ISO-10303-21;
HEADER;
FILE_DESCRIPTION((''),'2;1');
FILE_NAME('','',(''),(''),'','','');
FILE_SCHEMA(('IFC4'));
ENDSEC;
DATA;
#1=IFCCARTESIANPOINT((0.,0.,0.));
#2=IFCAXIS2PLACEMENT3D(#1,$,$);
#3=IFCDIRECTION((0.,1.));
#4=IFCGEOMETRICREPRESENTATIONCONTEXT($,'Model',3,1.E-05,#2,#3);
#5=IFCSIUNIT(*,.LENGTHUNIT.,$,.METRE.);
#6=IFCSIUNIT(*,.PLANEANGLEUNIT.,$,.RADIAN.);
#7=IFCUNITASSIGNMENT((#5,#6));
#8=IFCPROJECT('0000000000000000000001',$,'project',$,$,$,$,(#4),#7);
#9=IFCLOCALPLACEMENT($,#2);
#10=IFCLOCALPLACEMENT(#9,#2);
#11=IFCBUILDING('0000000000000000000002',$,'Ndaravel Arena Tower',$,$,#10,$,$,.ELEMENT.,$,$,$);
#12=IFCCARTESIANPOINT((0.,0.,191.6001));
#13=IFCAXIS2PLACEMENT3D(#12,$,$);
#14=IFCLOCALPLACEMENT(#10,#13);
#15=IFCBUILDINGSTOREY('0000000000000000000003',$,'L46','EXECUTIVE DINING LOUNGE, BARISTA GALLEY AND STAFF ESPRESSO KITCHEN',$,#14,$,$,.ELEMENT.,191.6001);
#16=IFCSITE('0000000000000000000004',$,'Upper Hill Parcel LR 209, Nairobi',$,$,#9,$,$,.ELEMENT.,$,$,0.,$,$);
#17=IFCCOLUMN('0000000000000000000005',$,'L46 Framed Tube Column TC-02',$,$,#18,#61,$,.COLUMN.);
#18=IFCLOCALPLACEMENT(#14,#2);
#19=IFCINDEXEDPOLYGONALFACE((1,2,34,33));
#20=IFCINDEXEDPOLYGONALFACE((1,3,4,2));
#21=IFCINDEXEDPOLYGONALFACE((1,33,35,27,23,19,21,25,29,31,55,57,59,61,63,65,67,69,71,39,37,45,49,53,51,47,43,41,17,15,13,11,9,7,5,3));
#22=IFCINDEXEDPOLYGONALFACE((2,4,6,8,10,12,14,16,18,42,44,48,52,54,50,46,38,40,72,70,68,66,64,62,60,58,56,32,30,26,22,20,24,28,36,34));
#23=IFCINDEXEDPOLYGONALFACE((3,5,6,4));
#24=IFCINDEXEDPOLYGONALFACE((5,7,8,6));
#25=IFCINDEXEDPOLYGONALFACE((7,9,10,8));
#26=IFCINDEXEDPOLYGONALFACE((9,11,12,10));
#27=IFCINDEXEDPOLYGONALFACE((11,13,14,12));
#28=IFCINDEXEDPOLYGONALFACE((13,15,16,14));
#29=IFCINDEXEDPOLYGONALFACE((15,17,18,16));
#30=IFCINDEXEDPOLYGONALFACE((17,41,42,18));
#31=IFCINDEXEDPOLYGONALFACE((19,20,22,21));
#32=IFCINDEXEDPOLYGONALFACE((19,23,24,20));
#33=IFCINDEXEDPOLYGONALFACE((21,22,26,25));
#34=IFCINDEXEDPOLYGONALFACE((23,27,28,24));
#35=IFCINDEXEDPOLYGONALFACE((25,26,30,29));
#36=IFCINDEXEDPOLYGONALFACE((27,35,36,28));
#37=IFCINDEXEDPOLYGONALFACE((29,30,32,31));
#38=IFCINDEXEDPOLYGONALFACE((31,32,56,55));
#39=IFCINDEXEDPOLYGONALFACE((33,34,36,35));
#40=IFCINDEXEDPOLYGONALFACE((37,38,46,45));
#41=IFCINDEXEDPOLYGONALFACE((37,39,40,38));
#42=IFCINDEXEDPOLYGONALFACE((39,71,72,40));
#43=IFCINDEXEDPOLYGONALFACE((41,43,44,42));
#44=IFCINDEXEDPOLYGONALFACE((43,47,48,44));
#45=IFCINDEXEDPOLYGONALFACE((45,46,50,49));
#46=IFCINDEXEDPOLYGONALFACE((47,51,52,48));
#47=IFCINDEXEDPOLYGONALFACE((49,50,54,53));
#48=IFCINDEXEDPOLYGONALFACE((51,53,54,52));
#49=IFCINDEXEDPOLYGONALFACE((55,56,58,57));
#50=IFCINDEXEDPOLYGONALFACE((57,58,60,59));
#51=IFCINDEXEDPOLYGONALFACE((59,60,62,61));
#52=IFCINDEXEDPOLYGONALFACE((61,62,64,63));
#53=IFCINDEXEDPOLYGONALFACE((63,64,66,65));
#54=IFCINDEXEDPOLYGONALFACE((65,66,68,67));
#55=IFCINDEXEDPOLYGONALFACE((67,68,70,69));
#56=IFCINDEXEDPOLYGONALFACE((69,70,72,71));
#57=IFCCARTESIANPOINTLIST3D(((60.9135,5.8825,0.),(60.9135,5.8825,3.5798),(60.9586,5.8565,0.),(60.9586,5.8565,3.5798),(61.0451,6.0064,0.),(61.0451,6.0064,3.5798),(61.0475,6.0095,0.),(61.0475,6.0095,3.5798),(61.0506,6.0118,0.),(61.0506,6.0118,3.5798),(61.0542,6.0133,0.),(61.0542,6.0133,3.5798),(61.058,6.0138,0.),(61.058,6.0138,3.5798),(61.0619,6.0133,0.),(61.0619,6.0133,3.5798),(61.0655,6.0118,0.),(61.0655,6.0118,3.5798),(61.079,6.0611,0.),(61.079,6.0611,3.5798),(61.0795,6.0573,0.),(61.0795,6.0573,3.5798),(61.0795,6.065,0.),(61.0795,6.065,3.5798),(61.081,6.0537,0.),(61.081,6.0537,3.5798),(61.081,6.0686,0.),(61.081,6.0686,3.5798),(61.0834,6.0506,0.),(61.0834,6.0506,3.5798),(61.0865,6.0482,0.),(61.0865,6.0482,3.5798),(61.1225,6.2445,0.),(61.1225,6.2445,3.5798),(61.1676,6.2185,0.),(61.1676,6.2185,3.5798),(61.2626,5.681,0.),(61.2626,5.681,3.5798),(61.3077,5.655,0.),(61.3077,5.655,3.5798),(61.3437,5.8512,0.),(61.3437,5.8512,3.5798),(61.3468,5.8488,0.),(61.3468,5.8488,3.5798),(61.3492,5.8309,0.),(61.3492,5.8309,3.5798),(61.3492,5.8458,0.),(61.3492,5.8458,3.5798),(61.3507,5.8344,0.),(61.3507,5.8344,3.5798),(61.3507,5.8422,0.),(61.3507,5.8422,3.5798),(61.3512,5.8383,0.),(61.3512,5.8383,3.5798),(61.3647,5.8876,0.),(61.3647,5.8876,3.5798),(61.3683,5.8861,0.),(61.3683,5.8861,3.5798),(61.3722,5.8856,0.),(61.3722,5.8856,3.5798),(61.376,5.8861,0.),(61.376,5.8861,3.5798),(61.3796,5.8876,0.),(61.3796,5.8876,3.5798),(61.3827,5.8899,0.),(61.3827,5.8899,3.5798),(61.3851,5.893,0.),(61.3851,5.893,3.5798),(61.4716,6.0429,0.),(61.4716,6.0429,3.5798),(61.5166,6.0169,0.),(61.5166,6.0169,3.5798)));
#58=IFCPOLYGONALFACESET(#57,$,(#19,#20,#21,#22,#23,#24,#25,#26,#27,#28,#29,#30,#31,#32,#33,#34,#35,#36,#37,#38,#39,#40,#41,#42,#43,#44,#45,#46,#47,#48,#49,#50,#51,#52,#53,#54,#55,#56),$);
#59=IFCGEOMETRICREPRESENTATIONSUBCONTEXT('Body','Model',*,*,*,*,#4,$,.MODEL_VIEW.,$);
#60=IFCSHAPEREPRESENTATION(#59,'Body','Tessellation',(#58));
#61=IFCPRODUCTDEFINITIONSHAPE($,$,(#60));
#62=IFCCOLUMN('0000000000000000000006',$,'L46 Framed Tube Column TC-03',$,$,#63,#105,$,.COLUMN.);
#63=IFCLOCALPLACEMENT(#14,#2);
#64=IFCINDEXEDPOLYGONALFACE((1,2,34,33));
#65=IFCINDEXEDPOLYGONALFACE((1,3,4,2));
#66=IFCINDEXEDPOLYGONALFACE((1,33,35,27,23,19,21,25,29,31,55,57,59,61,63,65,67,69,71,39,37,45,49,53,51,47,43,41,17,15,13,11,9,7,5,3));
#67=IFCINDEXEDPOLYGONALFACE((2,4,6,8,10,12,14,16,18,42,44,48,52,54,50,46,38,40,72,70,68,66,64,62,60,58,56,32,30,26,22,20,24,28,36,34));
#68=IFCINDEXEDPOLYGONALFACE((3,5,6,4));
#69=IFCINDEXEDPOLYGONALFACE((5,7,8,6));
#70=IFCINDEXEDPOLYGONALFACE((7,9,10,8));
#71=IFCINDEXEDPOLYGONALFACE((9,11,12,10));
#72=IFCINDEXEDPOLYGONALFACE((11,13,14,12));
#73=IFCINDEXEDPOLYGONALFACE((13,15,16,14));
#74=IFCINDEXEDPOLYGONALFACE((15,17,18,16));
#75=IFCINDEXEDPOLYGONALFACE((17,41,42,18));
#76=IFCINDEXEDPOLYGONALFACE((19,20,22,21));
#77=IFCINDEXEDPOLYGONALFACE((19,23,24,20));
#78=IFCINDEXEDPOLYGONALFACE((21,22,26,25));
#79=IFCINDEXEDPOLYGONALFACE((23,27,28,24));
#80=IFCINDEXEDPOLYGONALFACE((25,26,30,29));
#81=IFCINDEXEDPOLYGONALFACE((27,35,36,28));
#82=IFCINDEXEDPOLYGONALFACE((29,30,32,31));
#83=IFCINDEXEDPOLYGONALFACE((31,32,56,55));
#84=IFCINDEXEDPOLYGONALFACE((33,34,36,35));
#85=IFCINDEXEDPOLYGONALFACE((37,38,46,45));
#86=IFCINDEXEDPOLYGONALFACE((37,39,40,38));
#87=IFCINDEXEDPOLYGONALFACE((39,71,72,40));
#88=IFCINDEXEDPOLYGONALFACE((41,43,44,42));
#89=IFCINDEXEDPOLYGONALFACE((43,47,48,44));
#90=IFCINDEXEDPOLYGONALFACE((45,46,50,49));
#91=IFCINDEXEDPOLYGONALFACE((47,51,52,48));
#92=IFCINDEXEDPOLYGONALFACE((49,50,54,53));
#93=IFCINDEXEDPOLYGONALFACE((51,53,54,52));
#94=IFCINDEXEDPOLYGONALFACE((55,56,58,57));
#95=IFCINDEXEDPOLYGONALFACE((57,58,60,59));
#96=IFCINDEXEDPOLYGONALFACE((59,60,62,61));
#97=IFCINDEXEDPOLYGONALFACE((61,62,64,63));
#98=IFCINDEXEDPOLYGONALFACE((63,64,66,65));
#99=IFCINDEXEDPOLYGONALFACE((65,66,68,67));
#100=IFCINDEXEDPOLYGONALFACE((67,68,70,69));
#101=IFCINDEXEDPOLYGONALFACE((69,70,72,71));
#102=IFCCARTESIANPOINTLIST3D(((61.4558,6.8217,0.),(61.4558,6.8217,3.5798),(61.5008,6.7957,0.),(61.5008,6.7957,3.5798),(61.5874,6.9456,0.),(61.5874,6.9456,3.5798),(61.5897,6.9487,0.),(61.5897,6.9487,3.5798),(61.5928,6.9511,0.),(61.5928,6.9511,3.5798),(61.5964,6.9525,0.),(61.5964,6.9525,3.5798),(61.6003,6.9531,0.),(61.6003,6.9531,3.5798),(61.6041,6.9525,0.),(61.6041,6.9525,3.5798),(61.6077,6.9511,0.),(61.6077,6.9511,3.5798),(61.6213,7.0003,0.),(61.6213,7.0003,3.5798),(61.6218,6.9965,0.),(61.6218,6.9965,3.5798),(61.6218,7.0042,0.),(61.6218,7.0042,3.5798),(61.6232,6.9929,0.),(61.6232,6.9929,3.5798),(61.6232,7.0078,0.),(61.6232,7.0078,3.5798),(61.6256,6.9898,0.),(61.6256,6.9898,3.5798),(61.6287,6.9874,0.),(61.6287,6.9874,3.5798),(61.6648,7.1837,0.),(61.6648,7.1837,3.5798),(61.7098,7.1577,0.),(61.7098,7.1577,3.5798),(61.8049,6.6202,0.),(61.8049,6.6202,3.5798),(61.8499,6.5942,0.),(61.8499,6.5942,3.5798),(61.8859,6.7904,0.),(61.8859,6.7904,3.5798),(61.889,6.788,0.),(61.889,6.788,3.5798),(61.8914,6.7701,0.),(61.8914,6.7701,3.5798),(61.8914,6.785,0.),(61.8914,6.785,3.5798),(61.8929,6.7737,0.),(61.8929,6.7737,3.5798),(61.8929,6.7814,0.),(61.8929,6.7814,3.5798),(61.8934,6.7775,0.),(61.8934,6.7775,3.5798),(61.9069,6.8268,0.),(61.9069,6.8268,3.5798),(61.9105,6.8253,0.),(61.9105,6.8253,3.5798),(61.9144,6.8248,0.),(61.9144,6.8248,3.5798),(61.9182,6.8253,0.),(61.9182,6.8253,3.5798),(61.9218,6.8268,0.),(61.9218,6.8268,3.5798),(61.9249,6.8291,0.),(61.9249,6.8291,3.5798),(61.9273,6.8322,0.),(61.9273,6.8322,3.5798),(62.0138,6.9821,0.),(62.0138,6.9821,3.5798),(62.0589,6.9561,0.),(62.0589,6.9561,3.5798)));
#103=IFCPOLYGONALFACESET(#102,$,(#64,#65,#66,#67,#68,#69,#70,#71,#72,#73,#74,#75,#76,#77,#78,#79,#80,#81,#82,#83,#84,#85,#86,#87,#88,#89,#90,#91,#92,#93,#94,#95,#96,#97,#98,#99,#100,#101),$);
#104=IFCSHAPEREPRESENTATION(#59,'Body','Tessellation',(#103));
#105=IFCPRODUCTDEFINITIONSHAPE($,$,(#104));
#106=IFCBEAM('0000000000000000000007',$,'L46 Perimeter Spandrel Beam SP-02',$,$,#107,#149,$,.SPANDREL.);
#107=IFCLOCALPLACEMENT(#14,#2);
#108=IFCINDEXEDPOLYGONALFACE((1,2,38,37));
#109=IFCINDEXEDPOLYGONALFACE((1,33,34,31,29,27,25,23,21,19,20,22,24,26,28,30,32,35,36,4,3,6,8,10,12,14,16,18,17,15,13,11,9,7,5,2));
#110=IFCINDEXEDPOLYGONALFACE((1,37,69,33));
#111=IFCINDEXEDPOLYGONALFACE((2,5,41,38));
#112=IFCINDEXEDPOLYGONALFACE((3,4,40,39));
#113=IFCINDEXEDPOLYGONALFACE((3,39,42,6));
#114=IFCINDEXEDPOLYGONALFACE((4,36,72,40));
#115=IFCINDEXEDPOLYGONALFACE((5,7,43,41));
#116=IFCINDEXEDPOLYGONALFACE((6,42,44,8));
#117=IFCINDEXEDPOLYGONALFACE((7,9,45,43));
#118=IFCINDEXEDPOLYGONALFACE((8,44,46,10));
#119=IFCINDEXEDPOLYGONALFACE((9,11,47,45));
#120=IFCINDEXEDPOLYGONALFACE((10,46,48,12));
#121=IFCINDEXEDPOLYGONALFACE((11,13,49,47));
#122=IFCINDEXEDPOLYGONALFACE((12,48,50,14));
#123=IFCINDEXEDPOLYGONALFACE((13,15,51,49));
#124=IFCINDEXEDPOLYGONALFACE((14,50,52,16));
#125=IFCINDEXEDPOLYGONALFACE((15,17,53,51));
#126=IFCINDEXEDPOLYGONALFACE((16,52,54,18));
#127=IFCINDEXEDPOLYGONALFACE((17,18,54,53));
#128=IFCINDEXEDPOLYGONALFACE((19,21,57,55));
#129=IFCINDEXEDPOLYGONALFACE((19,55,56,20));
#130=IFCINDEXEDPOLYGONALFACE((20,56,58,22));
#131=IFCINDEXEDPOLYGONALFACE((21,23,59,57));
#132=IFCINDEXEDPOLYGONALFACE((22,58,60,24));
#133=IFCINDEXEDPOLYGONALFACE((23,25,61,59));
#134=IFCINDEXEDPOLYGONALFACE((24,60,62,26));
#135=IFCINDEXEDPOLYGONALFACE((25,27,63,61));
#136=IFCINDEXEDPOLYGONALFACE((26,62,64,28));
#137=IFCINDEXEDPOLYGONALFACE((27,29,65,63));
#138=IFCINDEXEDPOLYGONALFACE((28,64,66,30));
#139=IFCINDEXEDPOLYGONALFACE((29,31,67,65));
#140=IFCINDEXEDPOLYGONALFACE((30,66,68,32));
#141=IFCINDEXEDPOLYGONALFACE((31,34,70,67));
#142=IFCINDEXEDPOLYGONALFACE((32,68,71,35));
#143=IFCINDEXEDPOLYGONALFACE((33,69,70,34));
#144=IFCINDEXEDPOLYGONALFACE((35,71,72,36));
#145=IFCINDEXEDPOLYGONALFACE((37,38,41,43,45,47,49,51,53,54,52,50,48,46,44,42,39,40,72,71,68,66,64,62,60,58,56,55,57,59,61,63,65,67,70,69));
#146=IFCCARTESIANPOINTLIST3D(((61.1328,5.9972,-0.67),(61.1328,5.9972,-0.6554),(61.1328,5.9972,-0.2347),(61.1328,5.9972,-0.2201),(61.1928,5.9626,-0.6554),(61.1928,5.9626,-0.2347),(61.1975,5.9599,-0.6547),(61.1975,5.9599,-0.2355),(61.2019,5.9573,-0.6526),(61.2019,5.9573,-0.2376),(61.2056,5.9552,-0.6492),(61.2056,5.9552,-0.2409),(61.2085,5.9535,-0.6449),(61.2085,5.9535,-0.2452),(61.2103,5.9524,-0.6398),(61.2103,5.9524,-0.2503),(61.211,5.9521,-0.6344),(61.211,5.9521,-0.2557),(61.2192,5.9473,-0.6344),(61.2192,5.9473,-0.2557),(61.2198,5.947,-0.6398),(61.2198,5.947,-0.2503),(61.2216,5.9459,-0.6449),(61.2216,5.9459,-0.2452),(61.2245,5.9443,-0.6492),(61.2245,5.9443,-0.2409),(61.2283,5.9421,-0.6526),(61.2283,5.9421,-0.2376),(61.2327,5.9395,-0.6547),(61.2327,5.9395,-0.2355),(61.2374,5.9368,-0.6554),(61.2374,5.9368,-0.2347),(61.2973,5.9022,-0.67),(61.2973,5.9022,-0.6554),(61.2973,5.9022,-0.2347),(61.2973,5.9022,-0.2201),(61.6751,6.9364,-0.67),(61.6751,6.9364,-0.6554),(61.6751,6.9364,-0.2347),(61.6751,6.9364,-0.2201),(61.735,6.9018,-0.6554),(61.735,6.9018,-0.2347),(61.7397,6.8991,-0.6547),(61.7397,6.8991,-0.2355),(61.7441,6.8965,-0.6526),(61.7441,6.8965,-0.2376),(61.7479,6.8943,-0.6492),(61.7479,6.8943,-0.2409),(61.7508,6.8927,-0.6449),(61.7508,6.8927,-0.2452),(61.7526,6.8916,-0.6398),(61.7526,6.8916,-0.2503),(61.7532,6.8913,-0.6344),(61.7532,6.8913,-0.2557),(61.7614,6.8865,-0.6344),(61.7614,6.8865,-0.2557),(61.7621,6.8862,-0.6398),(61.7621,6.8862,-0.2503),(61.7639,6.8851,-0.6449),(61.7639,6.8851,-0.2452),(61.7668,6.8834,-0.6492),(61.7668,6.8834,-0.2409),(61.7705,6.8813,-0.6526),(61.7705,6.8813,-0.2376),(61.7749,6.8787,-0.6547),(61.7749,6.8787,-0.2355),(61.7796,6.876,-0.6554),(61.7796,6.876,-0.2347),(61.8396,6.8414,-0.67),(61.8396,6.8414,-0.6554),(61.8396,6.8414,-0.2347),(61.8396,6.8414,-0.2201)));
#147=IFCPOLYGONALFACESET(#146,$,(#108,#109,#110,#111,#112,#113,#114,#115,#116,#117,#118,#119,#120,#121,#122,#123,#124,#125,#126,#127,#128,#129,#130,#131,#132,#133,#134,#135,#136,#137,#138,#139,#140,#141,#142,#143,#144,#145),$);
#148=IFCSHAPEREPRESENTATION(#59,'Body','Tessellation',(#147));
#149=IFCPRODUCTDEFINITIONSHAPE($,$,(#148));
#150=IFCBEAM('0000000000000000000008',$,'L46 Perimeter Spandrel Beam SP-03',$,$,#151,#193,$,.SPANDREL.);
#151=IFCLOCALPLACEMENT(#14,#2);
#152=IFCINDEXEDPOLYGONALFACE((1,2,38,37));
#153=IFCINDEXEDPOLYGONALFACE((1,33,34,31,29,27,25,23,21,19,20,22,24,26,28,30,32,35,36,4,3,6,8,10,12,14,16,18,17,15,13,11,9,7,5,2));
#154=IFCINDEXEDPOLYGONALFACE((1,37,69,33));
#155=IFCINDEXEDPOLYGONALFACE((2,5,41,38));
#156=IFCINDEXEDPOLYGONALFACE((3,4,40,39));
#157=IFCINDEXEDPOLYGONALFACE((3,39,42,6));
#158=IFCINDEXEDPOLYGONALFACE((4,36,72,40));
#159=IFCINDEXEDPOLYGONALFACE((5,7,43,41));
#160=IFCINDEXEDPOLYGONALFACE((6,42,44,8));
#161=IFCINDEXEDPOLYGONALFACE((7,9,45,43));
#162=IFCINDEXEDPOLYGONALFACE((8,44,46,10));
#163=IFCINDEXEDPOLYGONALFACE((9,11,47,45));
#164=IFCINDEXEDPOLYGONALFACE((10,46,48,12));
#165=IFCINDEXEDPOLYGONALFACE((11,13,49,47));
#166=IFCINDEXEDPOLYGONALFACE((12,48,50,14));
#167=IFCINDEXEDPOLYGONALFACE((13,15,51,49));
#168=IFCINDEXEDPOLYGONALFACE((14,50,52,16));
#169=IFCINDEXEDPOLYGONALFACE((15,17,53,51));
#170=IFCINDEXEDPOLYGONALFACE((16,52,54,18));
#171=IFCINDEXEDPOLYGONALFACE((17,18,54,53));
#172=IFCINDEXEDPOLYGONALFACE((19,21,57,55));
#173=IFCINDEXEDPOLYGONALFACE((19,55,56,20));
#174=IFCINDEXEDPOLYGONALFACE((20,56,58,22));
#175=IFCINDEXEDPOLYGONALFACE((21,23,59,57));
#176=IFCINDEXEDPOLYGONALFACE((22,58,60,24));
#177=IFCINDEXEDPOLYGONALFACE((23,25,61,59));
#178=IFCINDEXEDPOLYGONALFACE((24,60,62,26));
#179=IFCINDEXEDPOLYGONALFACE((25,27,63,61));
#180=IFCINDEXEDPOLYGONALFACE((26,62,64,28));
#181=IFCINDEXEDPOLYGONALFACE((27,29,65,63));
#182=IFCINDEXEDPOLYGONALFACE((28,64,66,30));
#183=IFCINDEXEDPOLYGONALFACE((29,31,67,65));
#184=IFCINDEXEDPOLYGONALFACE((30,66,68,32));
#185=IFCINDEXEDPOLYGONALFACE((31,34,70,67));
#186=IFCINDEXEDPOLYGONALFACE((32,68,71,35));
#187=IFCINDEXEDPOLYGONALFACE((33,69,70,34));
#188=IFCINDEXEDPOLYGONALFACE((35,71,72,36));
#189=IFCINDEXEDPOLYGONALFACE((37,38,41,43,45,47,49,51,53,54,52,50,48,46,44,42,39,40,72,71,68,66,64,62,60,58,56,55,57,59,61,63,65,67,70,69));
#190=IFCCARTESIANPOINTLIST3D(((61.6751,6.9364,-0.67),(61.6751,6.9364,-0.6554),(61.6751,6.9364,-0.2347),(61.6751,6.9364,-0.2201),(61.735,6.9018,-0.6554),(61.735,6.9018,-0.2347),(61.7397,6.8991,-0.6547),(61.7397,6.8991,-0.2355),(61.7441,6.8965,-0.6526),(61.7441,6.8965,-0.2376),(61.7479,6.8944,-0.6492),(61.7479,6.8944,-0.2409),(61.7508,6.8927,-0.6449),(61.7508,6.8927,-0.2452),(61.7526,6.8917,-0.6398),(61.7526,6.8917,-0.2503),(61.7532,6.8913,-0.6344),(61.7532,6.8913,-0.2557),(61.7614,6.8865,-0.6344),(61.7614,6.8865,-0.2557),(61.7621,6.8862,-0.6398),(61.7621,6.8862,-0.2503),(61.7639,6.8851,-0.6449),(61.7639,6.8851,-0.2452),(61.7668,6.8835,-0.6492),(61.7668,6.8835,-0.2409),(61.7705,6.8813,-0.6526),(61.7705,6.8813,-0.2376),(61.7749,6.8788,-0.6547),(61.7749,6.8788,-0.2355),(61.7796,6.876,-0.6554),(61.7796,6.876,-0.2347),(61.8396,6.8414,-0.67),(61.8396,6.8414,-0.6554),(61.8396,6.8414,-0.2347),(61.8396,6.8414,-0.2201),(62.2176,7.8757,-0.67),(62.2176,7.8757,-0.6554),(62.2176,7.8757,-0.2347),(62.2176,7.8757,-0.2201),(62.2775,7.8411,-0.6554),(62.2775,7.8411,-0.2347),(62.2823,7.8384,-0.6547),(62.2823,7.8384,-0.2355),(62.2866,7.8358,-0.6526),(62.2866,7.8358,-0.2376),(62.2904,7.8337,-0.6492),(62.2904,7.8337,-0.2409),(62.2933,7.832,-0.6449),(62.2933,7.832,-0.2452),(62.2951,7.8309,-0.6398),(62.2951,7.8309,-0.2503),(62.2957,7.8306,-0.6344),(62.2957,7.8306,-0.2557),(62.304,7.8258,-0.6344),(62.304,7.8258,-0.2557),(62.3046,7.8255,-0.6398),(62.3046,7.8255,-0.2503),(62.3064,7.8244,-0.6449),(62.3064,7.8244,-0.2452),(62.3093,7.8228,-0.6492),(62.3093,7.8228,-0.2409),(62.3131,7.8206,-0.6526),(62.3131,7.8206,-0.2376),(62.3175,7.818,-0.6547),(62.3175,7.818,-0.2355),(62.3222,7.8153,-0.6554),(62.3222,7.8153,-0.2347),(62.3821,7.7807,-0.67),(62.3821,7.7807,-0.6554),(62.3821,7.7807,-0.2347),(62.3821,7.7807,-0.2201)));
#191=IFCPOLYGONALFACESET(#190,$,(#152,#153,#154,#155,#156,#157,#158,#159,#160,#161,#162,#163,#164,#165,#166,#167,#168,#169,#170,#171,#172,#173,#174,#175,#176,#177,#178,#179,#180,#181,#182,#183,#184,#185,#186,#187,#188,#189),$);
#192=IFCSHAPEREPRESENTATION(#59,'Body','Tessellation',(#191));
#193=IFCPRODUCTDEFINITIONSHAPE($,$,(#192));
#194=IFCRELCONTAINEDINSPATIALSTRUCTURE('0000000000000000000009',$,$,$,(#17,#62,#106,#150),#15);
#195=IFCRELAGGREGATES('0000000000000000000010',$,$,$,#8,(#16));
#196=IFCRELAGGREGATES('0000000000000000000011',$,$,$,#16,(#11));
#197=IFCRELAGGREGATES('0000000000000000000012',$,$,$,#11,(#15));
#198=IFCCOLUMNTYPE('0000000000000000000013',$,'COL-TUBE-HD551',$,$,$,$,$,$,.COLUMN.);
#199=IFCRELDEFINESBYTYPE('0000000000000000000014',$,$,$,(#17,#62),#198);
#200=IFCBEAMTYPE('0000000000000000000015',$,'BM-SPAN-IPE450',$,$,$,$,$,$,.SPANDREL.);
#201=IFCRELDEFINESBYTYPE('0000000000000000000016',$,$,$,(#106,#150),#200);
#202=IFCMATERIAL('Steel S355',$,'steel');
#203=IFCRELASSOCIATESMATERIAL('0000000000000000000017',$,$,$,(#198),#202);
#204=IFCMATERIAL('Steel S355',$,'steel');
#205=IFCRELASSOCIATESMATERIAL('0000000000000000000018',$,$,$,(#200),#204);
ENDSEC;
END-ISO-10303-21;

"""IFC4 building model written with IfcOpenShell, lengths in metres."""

from ifc_helpers import new_model, si_unit, direction, frame, origin, origin_2d, place, context, subcontext, project, spatial, i_section, extrude, material, material_profile, profile_set, type_object, element, save


model = new_model("IFC4")

# Units and contexts
model_context = context("Model", 3, precision=1e-05, world=origin(), true_north=direction((0.0, 1.0)))
body_context = subcontext(model_context, "Body", "Model", "MODEL_VIEW")
ifc_project = project(units=[si_unit("LENGTHUNIT", "METRE"), si_unit("PLANEANGLEUNIT", "RADIAN")], contexts=[model_context])

# Site, building, storey
site_placement = place(None, origin())
site = spatial("IfcSite", under=ifc_project, at=site_placement, Name="Upper Hill Parcel LR 209, Nairobi", CompositionType="ELEMENT", RefElevation=0.0)
building_placement = place(site_placement, origin())
building = spatial("IfcBuilding", under=site, at=building_placement, Name="Ndaravel Arena Tower", CompositionType="ELEMENT")
storey_placement = place(building_placement, frame((0.0, 0.0, 191.6001)))
storey = spatial("IfcBuildingStorey", under=building, at=storey_placement, Name="L46", Description="EXECUTIVE DINING LOUNGE, BARISTA GALLEY AND STAFF ESPRESSO KITCHEN", CompositionType="ELEMENT", Elevation=191.6001)

# Columns
ifc_material_1 = material(Name="Steel S355", Category="steel")
ifc_material_profile_1 = material_profile(ifc_material_1, i_section(OverallWidth=0.418, OverallDepth=0.4551, WebThickness=0.042, FlangeThickness=0.052, FilletRadius=0.0149, at=origin_2d()), Name="HD 400x551")
ifc_profile_set_1 = profile_set([ifc_material_profile_1], Name="Steel S355")
column_type = type_object("IfcColumnType", Name="COL-TUBE-HD551", PredefinedType="COLUMN", material=ifc_profile_set_1)
for number, where, z_axis, x_axis, name in (
    (1, (61.2151, 5.9497, 0.0), (0.0, 0.0, 1.0), (0.5, 0.866025, 0.0), "L46 Framed Tube Column TC-02"),
    (2, (61.7573, 6.8889, 0.0), (0.0, 0.0, 1.0), (0.5, 0.866025, 0.0), "L46 Framed Tube Column TC-03"),
):
    element("IfcColumn", number, at=place(storey_placement, frame(where, z_axis=z_axis, x_axis=x_axis)), inside=storey, type_object=column_type, Name=name, PredefinedType="COLUMN", context=body_context, shape_type="SweptSolid", body=[
        extrude(i_section(OverallWidth=0.418, OverallDepth=0.4551, WebThickness=0.042, FlangeThickness=0.052, FilletRadius=0.0149, at=origin_2d()), origin(), (0.0, 0.0, 1.0), 3.5798),
    ])

# Beams
ifc_material_2 = material(Name="Steel S355", Category="steel")
ifc_material_profile_2 = material_profile(ifc_material_2, i_section(OverallWidth=0.1899, OverallDepth=0.45, WebThickness=0.0095, FlangeThickness=0.0146, FilletRadius=0.021, at=origin_2d()), Name="IPE 450")
ifc_profile_set_2 = profile_set([ifc_material_profile_2], Name="Steel S355")
beam_type = type_object("IfcBeamType", Name="BM-SPAN-IPE450", PredefinedType="SPANDREL", material=ifc_profile_set_2)
beam_1_placement = place(storey_placement, frame((61.2151, 5.9497, -0.4451), z_axis=(0.499989, 0.866032, 0.0), x_axis=(-0.866032, 0.499989, 0.0)))
element("IfcBeam", 3, at=beam_1_placement, inside=storey, type_object=beam_type, Name="L46 Perimeter Spandrel Beam SP-02", PredefinedType="SPANDREL", context=body_context, shape_type="SweptSolid", body=[
    extrude(i_section(OverallWidth=0.1899, OverallDepth=0.45, WebThickness=0.0095, FlangeThickness=0.0146, FilletRadius=0.021, at=origin_2d()), origin(), (0.0, 0.0, 1.0), 1.0845),
])
beam_2_placement = place(storey_placement, frame((61.7573, 6.8889, -0.4451), z_axis=(0.500158, 0.865934, 0.0), x_axis=(-0.865934, 0.500158, 0.0)))
element("IfcBeam", 4, at=beam_2_placement, inside=storey, type_object=beam_type, Name="L46 Perimeter Spandrel Beam SP-03", PredefinedType="SPANDREL", context=body_context, shape_type="SweptSolid", body=[
    extrude(i_section(OverallWidth=0.1899, OverallDepth=0.45, WebThickness=0.0095, FlangeThickness=0.0146, FilletRadius=0.021, at=origin_2d()), origin(), (0.0, 0.0, 1.0), 1.0847),
])

save(model, "model.ifc")
